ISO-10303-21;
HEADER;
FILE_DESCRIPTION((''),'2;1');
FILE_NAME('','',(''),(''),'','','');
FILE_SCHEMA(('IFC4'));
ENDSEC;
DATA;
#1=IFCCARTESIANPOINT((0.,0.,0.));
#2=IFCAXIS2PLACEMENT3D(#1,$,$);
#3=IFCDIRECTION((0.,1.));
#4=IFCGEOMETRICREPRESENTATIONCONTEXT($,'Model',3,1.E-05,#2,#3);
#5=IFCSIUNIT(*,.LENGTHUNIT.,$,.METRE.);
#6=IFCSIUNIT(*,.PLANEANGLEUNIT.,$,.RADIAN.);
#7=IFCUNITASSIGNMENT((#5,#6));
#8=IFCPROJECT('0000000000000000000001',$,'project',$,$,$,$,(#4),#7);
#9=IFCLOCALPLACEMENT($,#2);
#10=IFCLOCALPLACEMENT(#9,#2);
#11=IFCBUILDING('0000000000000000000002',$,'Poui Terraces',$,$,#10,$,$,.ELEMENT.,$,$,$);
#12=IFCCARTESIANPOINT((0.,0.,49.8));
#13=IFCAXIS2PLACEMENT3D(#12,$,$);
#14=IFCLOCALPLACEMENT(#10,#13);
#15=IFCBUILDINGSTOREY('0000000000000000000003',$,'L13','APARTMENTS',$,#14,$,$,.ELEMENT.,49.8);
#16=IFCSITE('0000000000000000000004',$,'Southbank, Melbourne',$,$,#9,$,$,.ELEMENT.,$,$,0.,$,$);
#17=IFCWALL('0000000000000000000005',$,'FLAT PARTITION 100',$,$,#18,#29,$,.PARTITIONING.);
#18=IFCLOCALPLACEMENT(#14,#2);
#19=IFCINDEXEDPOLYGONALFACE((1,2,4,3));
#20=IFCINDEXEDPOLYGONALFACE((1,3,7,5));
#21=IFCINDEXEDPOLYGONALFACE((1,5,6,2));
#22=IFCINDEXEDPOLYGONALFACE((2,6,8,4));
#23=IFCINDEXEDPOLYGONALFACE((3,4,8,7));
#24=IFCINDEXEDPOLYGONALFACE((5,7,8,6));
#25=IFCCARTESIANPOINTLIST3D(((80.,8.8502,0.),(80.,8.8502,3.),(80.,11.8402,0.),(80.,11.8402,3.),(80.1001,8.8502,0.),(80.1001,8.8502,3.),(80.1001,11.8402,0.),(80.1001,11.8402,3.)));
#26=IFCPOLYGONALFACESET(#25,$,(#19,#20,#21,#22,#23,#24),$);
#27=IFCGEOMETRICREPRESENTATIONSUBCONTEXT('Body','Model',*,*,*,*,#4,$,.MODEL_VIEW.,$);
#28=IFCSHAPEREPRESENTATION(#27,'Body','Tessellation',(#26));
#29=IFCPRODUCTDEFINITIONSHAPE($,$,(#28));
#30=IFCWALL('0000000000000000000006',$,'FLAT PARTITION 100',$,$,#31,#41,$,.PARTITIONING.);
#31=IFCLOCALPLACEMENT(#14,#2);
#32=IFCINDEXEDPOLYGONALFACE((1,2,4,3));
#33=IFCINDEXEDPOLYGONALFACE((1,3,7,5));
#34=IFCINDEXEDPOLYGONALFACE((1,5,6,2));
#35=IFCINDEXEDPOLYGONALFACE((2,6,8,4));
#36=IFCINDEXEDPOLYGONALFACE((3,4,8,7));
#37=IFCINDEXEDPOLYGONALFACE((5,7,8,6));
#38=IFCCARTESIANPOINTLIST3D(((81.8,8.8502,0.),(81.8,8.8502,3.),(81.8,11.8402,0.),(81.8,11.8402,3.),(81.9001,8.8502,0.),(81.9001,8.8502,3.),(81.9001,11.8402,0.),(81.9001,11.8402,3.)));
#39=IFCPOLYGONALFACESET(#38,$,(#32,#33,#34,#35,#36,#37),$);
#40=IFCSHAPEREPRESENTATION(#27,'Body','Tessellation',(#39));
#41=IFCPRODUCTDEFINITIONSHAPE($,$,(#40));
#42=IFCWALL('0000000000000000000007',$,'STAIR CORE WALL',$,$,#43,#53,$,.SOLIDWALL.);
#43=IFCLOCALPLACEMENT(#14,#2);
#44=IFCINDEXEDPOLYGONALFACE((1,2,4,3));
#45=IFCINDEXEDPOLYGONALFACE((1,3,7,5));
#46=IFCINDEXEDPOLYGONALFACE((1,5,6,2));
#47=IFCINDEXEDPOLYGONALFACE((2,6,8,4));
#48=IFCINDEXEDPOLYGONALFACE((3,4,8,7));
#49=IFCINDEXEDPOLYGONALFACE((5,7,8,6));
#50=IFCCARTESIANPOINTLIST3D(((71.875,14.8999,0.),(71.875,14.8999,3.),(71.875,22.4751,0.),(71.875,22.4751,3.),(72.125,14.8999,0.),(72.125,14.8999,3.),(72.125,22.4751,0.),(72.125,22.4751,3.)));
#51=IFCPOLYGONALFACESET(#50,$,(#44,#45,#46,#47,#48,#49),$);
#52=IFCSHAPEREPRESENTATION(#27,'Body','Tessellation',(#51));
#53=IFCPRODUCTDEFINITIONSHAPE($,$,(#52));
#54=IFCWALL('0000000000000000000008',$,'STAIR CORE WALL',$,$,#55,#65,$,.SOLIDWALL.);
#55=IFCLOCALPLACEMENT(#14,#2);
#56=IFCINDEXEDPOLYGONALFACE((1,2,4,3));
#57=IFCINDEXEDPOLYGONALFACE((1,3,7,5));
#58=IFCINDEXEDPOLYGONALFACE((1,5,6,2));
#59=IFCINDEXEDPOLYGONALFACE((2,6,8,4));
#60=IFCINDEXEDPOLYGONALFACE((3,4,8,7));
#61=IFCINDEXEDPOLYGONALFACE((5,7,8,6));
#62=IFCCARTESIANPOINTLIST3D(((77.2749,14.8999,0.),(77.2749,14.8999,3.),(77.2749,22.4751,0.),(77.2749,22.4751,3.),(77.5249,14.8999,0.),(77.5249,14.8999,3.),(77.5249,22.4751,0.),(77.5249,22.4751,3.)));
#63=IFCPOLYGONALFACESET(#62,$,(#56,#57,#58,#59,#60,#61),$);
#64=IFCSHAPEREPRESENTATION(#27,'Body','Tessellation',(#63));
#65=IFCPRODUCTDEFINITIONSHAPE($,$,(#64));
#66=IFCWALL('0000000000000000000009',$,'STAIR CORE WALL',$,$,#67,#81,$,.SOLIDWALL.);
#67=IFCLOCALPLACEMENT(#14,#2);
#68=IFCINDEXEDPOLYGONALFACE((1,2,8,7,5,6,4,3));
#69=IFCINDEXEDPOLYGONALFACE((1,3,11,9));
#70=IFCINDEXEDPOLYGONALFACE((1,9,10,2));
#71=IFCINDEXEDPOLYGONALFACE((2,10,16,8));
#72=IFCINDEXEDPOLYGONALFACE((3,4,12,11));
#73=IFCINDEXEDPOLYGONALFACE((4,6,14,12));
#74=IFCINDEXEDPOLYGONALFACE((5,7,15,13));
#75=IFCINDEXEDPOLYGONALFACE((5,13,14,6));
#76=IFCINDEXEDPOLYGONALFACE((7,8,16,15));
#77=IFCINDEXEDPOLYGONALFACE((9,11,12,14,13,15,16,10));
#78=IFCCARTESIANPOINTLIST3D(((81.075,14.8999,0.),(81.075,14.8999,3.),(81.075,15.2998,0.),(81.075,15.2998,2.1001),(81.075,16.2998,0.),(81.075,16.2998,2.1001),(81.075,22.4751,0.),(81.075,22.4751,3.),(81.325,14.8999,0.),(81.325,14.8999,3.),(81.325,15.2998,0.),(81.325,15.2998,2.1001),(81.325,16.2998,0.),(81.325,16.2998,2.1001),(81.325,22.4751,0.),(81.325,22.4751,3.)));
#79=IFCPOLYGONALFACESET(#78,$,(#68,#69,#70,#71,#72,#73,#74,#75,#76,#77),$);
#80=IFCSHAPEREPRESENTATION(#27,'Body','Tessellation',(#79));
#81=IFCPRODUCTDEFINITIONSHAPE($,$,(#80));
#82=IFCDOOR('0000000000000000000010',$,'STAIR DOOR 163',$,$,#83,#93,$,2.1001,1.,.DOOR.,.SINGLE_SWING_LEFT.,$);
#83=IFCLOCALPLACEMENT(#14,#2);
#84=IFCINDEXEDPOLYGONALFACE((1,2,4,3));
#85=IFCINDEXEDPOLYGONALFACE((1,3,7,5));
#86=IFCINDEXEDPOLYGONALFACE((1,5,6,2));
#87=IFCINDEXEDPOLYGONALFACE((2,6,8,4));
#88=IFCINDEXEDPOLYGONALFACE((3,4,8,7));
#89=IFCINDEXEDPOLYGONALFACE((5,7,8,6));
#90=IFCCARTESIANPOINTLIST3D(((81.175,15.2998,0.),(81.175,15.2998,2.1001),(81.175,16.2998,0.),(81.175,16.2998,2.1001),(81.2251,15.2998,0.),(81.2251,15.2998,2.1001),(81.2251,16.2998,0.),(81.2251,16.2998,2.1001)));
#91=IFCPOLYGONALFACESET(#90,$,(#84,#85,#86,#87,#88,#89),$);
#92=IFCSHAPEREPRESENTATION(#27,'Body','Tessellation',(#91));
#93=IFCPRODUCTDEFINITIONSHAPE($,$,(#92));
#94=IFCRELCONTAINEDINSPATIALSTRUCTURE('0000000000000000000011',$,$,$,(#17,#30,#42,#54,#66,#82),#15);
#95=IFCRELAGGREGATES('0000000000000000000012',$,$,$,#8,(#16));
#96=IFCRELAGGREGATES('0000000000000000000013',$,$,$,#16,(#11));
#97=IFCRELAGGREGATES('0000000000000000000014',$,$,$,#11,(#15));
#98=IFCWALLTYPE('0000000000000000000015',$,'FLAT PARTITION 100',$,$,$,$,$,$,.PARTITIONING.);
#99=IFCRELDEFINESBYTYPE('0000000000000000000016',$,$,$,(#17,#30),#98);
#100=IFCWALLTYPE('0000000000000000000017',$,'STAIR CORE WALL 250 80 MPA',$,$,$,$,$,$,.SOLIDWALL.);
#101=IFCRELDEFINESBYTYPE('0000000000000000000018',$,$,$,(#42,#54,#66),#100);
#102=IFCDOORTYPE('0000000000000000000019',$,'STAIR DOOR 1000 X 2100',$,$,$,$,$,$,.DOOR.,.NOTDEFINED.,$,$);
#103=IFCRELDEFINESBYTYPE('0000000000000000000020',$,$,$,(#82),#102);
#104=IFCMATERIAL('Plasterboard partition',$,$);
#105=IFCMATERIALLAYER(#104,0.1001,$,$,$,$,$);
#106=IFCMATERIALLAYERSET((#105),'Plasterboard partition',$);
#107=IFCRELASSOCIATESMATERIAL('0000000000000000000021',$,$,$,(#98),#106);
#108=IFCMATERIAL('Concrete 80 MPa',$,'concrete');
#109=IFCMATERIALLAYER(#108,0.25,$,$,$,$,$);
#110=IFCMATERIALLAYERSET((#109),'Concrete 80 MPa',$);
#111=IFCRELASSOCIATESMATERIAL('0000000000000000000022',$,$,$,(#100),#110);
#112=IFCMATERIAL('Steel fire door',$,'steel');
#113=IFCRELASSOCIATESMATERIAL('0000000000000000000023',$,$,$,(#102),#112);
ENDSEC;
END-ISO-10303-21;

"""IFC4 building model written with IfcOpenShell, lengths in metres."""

from ifc_helpers import new_model, si_unit, direction, frame, frame_2d, origin, place, context, subcontext, project, spatial, rectangle, extrude, material, layer, layer_set, type_object, element, fill, save


model = new_model("IFC4")

# Units and contexts
model_context = context("Model", 3, precision=1e-05, world=origin(), true_north=direction((0.0, 1.0)))
body_context = subcontext(model_context, "Body", "Model", "MODEL_VIEW")
ifc_project = project(units=[si_unit("LENGTHUNIT", "METRE"), si_unit("PLANEANGLEUNIT", "RADIAN")], contexts=[model_context])

# Site, building, storey
site_placement = place(None, origin())
site = spatial("IfcSite", under=ifc_project, at=site_placement, Name="Southbank, Melbourne", CompositionType="ELEMENT", RefElevation=0.0)
building_placement = place(site_placement, origin())
building = spatial("IfcBuilding", under=site, at=building_placement, Name="Poui Terraces", CompositionType="ELEMENT")
storey_placement = place(building_placement, frame((0.0, 0.0, 49.8)))
storey = spatial("IfcBuildingStorey", under=building, at=storey_placement, Name="L13", Description="APARTMENTS", CompositionType="ELEMENT", Elevation=49.8)

# Shared definitions
ifc_material_1 = material(Name="Concrete 80 MPa", Category="concrete")

# Shared definitions
ifc_material_2 = material(Name="Steel fire door", Category="steel")
ifc_material_3 = material(Name="Plasterboard partition")
ifc_layer_1 = layer(ifc_material_3, 0.1001)
ifc_layer_set_1 = layer_set([ifc_layer_1], Name="Plasterboard partition")
wall_type_1 = type_object("IfcWallType", Name="FLAT PARTITION 100", PredefinedType="PARTITIONING", material=ifc_layer_set_1)

# Walls
for number, where, z_axis, x_axis, name in (
    (1, (80.05, 8.8501, 0.0), (0.0, 0.0, 1.0), (0.0, 1.0, 0.0), "FLAT PARTITION 100"),
    (2, (81.8501, 8.8501, 0.0), (0.0, 0.0, 1.0), (0.0, 1.0, 0.0), "FLAT PARTITION 100"),
):
    element("IfcWall", number, at=place(storey_placement, frame(where, z_axis=z_axis, x_axis=x_axis)), inside=storey, type_object=wall_type_1, Name=name, PredefinedType="PARTITIONING", context=body_context, shape_type="SweptSolid", body=[
        extrude(rectangle(XDim=2.99, YDim=0.1001, at=frame_2d((1.4951, 0.0))), origin(), (0.0, 0.0, 1.0), 3.0),
    ])
ifc_layer_2 = layer(ifc_material_1, 0.25)
ifc_layer_set_2 = layer_set([ifc_layer_2], Name="Concrete 80 MPa")
wall_type_2 = type_object("IfcWallType", Name="STAIR CORE WALL 250 80 MPA", PredefinedType="SOLIDWALL", material=ifc_layer_set_2)
for number, where, z_axis, x_axis, name in (
    (3, (72.0, 14.8999, 0.0), (0.0, 0.0, 1.0), (0.0, 1.0, 0.0), "STAIR CORE WALL"),
    (4, (77.3999, 14.8999, 0.0), (0.0, 0.0, 1.0), (0.0, 1.0, 0.0), "STAIR CORE WALL"),
):
    element("IfcWall", number, at=place(storey_placement, frame(where, z_axis=z_axis, x_axis=x_axis)), inside=storey, type_object=wall_type_2, Name=name, PredefinedType="SOLIDWALL", context=body_context, shape_type="SweptSolid", body=[
        extrude(rectangle(XDim=7.5752, YDim=0.25, at=frame_2d((3.7876, 0.0))), origin(), (0.0, 0.0, 1.0), 3.0),
    ])

# Wall, opening, door
wall_1_placement = place(storey_placement, frame((81.2, 14.8999, 0.0), z_axis=(0.0, 0.0, 1.0), x_axis=(0.0, 1.0, 0.0)))
wall_1 = element("IfcWall", 5, at=wall_1_placement, inside=storey, type_object=wall_type_2, Name="STAIR CORE WALL", PredefinedType="SOLIDWALL", context=body_context, shape_type="SweptSolid", body=[
    extrude(rectangle(XDim=7.5752, YDim=0.25, at=frame_2d((3.7876, 0.0))), origin(), (0.0, 0.0, 1.0), 3.0),
])
opening_1_placement = place(wall_1_placement, frame((0.3999, 0.0, 0.0)))
opening_1 = element("IfcOpeningElement", 6, at=opening_1_placement, cuts=wall_1, PredefinedType="OPENING", context=body_context, shape_type="SweptSolid", body=[
    extrude(rectangle(XDim=1.0, YDim=2.1001, at=frame_2d((0.5, 1.05))), frame((0.0, 0.135, 0.0), z_axis=(0.0, -1.0, 0.0), x_axis=(1.0, 0.0, 0.0)), (0.0, 0.0, 1.0), 0.27),
])
door_type_1 = type_object("IfcDoorType", Name="STAIR DOOR 1000 X 2100", OperationType="NOTDEFINED", PredefinedType="DOOR", material=ifc_material_2)
door_1_placement = place(opening_1_placement, origin())
door_1 = element("IfcDoor", 7, at=door_1_placement, inside=storey, type_object=door_type_1, Name="STAIR DOOR 163", OperationType="SINGLE_SWING_LEFT", OverallHeight=2.1001, OverallWidth=1.0, PredefinedType="DOOR", context=body_context, shape_type="SweptSolid", body=[
    extrude(rectangle(XDim=1.0, YDim=2.1001, at=frame_2d((0.5, 1.05))), frame((0.0, 0.0249, 0.0), z_axis=(0.0, -1.0, 0.0), x_axis=(1.0, 0.0, 0.0)), (0.0, 0.0, 1.0), 0.05),
])
fill(opening_1, door_1)

save(model, "model.ifc")
